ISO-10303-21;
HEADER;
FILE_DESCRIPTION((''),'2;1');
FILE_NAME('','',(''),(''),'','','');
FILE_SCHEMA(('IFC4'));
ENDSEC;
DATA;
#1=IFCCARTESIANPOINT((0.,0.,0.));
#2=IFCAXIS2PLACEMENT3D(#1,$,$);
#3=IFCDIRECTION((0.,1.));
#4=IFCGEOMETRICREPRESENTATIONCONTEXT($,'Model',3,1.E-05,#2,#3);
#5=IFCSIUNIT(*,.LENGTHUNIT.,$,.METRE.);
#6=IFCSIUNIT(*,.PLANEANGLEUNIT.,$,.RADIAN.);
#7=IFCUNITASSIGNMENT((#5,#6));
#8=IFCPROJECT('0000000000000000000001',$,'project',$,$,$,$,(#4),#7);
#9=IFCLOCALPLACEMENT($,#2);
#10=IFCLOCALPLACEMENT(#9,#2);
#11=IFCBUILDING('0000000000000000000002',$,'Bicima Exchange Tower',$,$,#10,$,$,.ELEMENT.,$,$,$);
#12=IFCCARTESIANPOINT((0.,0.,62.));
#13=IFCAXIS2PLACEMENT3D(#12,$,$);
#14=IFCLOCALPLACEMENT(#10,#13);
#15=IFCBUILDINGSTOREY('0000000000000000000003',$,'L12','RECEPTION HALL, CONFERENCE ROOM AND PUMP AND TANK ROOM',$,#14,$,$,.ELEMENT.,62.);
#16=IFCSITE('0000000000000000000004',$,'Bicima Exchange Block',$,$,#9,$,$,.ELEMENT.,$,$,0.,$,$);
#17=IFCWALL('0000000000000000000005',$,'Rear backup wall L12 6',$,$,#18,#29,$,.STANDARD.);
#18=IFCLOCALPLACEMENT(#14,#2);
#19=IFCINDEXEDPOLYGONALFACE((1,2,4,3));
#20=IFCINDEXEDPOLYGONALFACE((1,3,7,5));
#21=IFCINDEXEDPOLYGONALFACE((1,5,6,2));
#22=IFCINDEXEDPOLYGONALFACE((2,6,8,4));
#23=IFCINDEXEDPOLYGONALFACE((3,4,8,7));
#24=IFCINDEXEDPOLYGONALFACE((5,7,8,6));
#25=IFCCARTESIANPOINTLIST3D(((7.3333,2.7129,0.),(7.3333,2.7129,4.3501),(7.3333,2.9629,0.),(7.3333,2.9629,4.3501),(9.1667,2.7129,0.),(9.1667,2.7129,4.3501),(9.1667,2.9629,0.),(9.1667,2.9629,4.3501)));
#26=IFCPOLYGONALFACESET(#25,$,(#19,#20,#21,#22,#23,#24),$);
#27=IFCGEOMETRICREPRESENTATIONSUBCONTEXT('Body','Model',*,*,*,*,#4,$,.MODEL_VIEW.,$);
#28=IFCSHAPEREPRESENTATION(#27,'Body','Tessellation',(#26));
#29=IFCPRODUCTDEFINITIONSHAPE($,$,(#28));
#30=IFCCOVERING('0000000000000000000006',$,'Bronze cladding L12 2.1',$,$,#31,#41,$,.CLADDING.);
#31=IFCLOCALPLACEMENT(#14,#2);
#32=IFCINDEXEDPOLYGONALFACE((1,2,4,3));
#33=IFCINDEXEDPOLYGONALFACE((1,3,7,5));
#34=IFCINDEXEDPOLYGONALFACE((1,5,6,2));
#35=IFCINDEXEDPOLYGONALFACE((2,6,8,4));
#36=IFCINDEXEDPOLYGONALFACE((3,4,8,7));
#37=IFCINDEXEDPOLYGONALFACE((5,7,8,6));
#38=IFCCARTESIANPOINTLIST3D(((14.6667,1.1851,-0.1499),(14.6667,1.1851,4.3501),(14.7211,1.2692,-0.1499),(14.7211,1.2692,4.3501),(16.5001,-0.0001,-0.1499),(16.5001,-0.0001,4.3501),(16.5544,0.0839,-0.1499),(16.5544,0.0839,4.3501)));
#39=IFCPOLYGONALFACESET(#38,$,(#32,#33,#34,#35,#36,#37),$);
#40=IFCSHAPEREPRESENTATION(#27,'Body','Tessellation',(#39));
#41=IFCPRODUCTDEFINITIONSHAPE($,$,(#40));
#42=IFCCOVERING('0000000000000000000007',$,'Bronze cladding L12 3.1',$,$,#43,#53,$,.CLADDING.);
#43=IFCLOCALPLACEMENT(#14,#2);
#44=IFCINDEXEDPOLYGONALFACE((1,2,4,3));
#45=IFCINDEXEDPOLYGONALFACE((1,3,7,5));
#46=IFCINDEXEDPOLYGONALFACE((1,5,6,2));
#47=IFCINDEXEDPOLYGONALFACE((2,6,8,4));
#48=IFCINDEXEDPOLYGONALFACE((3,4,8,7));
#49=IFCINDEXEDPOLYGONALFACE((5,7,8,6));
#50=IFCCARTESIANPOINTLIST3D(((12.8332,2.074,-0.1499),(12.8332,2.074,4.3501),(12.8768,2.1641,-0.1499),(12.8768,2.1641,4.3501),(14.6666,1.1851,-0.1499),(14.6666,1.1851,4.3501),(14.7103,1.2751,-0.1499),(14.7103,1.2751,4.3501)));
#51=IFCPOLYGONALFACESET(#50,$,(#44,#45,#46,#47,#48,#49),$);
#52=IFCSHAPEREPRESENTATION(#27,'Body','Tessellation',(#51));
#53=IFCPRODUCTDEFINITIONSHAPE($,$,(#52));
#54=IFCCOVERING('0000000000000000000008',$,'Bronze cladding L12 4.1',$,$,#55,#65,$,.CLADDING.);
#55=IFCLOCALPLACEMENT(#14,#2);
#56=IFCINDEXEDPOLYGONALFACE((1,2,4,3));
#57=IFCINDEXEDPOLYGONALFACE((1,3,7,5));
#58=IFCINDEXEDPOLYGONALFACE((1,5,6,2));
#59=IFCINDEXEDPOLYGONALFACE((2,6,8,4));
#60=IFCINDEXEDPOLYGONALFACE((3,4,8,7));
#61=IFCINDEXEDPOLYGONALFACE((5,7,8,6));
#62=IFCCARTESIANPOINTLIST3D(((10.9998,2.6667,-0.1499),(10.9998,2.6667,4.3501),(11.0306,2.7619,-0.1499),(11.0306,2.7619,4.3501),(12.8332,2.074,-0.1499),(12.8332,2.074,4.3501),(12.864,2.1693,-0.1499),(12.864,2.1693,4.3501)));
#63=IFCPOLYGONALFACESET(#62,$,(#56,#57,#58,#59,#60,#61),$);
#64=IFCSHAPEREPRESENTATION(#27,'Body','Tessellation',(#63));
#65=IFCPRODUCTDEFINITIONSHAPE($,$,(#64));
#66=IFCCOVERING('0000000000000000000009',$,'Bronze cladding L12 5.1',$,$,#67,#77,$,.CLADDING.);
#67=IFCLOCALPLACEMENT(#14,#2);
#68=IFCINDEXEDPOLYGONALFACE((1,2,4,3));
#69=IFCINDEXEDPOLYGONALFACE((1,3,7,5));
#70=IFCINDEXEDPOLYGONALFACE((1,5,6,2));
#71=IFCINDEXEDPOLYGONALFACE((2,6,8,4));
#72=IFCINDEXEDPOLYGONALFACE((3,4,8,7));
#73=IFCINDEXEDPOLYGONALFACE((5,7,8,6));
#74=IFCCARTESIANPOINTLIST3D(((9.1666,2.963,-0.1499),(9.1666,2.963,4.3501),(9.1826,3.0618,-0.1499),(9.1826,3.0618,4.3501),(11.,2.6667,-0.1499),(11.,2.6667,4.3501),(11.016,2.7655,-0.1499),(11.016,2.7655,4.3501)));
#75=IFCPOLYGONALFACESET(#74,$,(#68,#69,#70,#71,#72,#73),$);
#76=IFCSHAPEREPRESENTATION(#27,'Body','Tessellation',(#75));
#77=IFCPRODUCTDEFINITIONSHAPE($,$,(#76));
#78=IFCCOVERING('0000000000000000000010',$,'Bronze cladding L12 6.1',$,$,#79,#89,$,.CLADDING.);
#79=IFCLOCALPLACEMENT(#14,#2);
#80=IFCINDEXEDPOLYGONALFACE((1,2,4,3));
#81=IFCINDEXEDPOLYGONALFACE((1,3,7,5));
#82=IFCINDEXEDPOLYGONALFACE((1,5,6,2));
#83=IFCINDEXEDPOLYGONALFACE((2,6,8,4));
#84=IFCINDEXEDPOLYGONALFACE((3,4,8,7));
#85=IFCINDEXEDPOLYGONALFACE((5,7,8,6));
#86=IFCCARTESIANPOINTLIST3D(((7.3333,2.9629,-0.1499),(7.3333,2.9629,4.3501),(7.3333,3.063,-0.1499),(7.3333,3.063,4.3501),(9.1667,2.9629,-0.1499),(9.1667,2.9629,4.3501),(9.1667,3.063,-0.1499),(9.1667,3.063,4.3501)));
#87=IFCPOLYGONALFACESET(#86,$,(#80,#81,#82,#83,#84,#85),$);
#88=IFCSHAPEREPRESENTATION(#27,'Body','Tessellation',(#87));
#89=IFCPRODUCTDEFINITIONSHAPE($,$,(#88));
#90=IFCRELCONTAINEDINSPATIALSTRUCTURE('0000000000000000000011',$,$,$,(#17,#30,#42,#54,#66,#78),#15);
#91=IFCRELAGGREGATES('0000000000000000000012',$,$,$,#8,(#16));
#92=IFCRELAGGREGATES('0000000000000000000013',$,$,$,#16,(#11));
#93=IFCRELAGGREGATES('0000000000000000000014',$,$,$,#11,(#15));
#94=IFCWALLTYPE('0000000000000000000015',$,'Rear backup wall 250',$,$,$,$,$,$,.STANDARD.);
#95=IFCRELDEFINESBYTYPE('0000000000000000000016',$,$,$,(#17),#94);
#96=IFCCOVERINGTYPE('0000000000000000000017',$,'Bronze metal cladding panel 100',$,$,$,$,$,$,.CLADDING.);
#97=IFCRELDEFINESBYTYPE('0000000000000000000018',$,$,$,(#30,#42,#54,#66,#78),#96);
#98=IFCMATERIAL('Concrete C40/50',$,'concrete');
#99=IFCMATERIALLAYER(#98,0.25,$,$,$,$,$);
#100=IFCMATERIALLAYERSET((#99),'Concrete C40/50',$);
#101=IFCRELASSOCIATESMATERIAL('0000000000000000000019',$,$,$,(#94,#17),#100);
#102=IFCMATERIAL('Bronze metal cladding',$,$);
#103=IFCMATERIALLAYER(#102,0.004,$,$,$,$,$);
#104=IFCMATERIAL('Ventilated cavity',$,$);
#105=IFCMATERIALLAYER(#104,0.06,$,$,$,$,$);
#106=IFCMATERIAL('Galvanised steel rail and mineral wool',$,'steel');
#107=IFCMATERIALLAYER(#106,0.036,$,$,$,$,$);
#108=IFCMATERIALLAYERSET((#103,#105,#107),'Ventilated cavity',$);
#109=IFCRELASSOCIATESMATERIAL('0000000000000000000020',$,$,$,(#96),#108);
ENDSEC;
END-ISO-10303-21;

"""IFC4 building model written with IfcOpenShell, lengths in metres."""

from ifc_helpers import new_model, si_unit, direction, frame, frame_2d, origin, origin_2d, place, context, subcontext, project, spatial, rectangle, extrude, material, layer, layer_set, layer_usage, type_object, element, save


model = new_model("IFC4")

# Units and contexts
model_context = context("Model", 3, precision=1e-05, world=origin(), true_north=direction((0.0, 1.0)))
body_context = subcontext(model_context, "Body", "Model", "MODEL_VIEW")
ifc_project = project(units=[si_unit("LENGTHUNIT", "METRE"), si_unit("PLANEANGLEUNIT", "RADIAN")], contexts=[model_context])

# Site, building, storey
site_placement = place(None, origin())
site = spatial("IfcSite", under=ifc_project, at=site_placement, Name="Bicima Exchange Block", CompositionType="ELEMENT", RefElevation=0.0)
building_placement = place(site_placement, origin())
building = spatial("IfcBuilding", under=site, at=building_placement, Name="Bicima Exchange Tower", CompositionType="ELEMENT")
storey_placement = place(building_placement, frame((0.0, 0.0, 62.0)))
storey = spatial("IfcBuildingStorey", under=building, at=storey_placement, Name="L12", Description="RECEPTION HALL, CONFERENCE ROOM AND PUMP AND TANK ROOM", CompositionType="ELEMENT", Elevation=62.0)

# Wall
ifc_material_1 = material(Name="Concrete C40/50", Category="concrete")
ifc_layer_1 = layer(ifc_material_1, 0.25)
ifc_layer_set_1 = layer_set([ifc_layer_1], Name="Concrete C40/50")
ifc_layer_usage = layer_usage(ifc_layer_set_1, "AXIS2", "POSITIVE", -0.125)
wall_type_1 = type_object("IfcWallType", Name="Rear backup wall 250", PredefinedType="STANDARD", material=ifc_layer_set_1)
wall_1_placement = place(storey_placement, frame((9.1667, 2.8379, 0.0), z_axis=(0.0, 0.0, 1.0), x_axis=(-1.0, 0.0, 0.0)))
element("IfcWall", 1, at=wall_1_placement, inside=storey, type_object=wall_type_1, material=ifc_layer_usage, Name="Rear backup wall L12 6", PredefinedType="STANDARD", context=body_context, shape_type="SweptSolid", body=[
    extrude(rectangle(XDim=1.8335, YDim=0.25, at=frame_2d((0.9167, 0.0))), origin(), (0.0, 0.0, 1.0), 4.3501),
])

# Coverings
ifc_material_2 = material(Name="Bronze metal cladding")
ifc_layer_2 = layer(ifc_material_2, 0.004)
ifc_material_3 = material(Name="Ventilated cavity")
ifc_layer_3 = layer(ifc_material_3, 0.06)
ifc_material_4 = material(Name="Galvanised steel rail and mineral wool", Category="steel")
ifc_layer_4 = layer(ifc_material_4, 0.036)
ifc_layer_set_2 = layer_set([ifc_layer_2, ifc_layer_3, ifc_layer_4], Name="Ventilated cavity")
covering_type = type_object("IfcCoveringType", Name="Bronze metal cladding panel 100", PredefinedType="CLADDING", material=ifc_layer_set_2)
covering_1_placement = place(storey_placement, frame((15.6106, 0.6345, -0.1499), z_axis=(0.0, 0.0, 1.0), x_axis=(-0.83979, 0.542911, 0.0)))
element("IfcCovering", 2, at=covering_1_placement, inside=storey, type_object=covering_type, Name="Bronze cladding L12 2.1", PredefinedType="CLADDING", context=body_context, shape_type="SweptSolid", body=[
    extrude(rectangle(XDim=2.1831, YDim=0.1001, at=origin_2d()), origin(), (0.0, 0.0, 1.0), 4.5),
])
covering_2_placement = place(storey_placement, frame((13.7717, 1.6746, -0.1499), z_axis=(0.0, 0.0, 1.0), x_axis=(-0.899818, 0.436265, 0.0)))
element("IfcCovering", 3, at=covering_2_placement, inside=storey, type_object=covering_type, Name="Bronze cladding L12 3.1", PredefinedType="CLADDING", context=body_context, shape_type="SweptSolid", body=[
    extrude(rectangle(XDim=2.0376, YDim=0.1001, at=origin_2d()), origin(), (0.0, 0.0, 1.0), 4.5),
])
covering_3_placement = place(storey_placement, frame((11.9319, 2.418, -0.1499), z_axis=(0.0, 0.0, 1.0), x_axis=(-0.951525, 0.307573, 0.0)))
element("IfcCovering", 4, at=covering_3_placement, inside=storey, type_object=covering_type, Name="Bronze cladding L12 4.1", PredefinedType="CLADDING", context=body_context, shape_type="SweptSolid", body=[
    extrude(rectangle(XDim=1.9268, YDim=0.1001, at=origin_2d()), origin(), (0.0, 0.0, 1.0), 4.5),
])
covering_4_placement = place(storey_placement, frame((10.0913, 2.8643, -0.1499), z_axis=(0.0, 0.0, 1.0), x_axis=(-0.98719, 0.15955, 0.0)))
element("IfcCovering", 5, at=covering_4_placement, inside=storey, type_object=covering_type, Name="Bronze cladding L12 5.1", PredefinedType="CLADDING", context=body_context, shape_type="SweptSolid", body=[
    extrude(rectangle(XDim=1.8572, YDim=0.1001, at=origin_2d()), origin(), (0.0, 0.0, 1.0), 4.5),
])
covering_5_placement = place(storey_placement, frame((8.25, 3.0129, -0.1499), z_axis=(0.0, 0.0, 1.0), x_axis=(-1.0, 0.0, 0.0)))
element("IfcCovering", 6, at=covering_5_placement, inside=storey, type_object=covering_type, Name="Bronze cladding L12 6.1", PredefinedType="CLADDING", context=body_context, shape_type="SweptSolid", body=[
    extrude(rectangle(XDim=1.8335, YDim=0.1001, at=origin_2d()), origin(), (0.0, 0.0, 1.0), 4.5),
])

save(model, "model.ifc")
